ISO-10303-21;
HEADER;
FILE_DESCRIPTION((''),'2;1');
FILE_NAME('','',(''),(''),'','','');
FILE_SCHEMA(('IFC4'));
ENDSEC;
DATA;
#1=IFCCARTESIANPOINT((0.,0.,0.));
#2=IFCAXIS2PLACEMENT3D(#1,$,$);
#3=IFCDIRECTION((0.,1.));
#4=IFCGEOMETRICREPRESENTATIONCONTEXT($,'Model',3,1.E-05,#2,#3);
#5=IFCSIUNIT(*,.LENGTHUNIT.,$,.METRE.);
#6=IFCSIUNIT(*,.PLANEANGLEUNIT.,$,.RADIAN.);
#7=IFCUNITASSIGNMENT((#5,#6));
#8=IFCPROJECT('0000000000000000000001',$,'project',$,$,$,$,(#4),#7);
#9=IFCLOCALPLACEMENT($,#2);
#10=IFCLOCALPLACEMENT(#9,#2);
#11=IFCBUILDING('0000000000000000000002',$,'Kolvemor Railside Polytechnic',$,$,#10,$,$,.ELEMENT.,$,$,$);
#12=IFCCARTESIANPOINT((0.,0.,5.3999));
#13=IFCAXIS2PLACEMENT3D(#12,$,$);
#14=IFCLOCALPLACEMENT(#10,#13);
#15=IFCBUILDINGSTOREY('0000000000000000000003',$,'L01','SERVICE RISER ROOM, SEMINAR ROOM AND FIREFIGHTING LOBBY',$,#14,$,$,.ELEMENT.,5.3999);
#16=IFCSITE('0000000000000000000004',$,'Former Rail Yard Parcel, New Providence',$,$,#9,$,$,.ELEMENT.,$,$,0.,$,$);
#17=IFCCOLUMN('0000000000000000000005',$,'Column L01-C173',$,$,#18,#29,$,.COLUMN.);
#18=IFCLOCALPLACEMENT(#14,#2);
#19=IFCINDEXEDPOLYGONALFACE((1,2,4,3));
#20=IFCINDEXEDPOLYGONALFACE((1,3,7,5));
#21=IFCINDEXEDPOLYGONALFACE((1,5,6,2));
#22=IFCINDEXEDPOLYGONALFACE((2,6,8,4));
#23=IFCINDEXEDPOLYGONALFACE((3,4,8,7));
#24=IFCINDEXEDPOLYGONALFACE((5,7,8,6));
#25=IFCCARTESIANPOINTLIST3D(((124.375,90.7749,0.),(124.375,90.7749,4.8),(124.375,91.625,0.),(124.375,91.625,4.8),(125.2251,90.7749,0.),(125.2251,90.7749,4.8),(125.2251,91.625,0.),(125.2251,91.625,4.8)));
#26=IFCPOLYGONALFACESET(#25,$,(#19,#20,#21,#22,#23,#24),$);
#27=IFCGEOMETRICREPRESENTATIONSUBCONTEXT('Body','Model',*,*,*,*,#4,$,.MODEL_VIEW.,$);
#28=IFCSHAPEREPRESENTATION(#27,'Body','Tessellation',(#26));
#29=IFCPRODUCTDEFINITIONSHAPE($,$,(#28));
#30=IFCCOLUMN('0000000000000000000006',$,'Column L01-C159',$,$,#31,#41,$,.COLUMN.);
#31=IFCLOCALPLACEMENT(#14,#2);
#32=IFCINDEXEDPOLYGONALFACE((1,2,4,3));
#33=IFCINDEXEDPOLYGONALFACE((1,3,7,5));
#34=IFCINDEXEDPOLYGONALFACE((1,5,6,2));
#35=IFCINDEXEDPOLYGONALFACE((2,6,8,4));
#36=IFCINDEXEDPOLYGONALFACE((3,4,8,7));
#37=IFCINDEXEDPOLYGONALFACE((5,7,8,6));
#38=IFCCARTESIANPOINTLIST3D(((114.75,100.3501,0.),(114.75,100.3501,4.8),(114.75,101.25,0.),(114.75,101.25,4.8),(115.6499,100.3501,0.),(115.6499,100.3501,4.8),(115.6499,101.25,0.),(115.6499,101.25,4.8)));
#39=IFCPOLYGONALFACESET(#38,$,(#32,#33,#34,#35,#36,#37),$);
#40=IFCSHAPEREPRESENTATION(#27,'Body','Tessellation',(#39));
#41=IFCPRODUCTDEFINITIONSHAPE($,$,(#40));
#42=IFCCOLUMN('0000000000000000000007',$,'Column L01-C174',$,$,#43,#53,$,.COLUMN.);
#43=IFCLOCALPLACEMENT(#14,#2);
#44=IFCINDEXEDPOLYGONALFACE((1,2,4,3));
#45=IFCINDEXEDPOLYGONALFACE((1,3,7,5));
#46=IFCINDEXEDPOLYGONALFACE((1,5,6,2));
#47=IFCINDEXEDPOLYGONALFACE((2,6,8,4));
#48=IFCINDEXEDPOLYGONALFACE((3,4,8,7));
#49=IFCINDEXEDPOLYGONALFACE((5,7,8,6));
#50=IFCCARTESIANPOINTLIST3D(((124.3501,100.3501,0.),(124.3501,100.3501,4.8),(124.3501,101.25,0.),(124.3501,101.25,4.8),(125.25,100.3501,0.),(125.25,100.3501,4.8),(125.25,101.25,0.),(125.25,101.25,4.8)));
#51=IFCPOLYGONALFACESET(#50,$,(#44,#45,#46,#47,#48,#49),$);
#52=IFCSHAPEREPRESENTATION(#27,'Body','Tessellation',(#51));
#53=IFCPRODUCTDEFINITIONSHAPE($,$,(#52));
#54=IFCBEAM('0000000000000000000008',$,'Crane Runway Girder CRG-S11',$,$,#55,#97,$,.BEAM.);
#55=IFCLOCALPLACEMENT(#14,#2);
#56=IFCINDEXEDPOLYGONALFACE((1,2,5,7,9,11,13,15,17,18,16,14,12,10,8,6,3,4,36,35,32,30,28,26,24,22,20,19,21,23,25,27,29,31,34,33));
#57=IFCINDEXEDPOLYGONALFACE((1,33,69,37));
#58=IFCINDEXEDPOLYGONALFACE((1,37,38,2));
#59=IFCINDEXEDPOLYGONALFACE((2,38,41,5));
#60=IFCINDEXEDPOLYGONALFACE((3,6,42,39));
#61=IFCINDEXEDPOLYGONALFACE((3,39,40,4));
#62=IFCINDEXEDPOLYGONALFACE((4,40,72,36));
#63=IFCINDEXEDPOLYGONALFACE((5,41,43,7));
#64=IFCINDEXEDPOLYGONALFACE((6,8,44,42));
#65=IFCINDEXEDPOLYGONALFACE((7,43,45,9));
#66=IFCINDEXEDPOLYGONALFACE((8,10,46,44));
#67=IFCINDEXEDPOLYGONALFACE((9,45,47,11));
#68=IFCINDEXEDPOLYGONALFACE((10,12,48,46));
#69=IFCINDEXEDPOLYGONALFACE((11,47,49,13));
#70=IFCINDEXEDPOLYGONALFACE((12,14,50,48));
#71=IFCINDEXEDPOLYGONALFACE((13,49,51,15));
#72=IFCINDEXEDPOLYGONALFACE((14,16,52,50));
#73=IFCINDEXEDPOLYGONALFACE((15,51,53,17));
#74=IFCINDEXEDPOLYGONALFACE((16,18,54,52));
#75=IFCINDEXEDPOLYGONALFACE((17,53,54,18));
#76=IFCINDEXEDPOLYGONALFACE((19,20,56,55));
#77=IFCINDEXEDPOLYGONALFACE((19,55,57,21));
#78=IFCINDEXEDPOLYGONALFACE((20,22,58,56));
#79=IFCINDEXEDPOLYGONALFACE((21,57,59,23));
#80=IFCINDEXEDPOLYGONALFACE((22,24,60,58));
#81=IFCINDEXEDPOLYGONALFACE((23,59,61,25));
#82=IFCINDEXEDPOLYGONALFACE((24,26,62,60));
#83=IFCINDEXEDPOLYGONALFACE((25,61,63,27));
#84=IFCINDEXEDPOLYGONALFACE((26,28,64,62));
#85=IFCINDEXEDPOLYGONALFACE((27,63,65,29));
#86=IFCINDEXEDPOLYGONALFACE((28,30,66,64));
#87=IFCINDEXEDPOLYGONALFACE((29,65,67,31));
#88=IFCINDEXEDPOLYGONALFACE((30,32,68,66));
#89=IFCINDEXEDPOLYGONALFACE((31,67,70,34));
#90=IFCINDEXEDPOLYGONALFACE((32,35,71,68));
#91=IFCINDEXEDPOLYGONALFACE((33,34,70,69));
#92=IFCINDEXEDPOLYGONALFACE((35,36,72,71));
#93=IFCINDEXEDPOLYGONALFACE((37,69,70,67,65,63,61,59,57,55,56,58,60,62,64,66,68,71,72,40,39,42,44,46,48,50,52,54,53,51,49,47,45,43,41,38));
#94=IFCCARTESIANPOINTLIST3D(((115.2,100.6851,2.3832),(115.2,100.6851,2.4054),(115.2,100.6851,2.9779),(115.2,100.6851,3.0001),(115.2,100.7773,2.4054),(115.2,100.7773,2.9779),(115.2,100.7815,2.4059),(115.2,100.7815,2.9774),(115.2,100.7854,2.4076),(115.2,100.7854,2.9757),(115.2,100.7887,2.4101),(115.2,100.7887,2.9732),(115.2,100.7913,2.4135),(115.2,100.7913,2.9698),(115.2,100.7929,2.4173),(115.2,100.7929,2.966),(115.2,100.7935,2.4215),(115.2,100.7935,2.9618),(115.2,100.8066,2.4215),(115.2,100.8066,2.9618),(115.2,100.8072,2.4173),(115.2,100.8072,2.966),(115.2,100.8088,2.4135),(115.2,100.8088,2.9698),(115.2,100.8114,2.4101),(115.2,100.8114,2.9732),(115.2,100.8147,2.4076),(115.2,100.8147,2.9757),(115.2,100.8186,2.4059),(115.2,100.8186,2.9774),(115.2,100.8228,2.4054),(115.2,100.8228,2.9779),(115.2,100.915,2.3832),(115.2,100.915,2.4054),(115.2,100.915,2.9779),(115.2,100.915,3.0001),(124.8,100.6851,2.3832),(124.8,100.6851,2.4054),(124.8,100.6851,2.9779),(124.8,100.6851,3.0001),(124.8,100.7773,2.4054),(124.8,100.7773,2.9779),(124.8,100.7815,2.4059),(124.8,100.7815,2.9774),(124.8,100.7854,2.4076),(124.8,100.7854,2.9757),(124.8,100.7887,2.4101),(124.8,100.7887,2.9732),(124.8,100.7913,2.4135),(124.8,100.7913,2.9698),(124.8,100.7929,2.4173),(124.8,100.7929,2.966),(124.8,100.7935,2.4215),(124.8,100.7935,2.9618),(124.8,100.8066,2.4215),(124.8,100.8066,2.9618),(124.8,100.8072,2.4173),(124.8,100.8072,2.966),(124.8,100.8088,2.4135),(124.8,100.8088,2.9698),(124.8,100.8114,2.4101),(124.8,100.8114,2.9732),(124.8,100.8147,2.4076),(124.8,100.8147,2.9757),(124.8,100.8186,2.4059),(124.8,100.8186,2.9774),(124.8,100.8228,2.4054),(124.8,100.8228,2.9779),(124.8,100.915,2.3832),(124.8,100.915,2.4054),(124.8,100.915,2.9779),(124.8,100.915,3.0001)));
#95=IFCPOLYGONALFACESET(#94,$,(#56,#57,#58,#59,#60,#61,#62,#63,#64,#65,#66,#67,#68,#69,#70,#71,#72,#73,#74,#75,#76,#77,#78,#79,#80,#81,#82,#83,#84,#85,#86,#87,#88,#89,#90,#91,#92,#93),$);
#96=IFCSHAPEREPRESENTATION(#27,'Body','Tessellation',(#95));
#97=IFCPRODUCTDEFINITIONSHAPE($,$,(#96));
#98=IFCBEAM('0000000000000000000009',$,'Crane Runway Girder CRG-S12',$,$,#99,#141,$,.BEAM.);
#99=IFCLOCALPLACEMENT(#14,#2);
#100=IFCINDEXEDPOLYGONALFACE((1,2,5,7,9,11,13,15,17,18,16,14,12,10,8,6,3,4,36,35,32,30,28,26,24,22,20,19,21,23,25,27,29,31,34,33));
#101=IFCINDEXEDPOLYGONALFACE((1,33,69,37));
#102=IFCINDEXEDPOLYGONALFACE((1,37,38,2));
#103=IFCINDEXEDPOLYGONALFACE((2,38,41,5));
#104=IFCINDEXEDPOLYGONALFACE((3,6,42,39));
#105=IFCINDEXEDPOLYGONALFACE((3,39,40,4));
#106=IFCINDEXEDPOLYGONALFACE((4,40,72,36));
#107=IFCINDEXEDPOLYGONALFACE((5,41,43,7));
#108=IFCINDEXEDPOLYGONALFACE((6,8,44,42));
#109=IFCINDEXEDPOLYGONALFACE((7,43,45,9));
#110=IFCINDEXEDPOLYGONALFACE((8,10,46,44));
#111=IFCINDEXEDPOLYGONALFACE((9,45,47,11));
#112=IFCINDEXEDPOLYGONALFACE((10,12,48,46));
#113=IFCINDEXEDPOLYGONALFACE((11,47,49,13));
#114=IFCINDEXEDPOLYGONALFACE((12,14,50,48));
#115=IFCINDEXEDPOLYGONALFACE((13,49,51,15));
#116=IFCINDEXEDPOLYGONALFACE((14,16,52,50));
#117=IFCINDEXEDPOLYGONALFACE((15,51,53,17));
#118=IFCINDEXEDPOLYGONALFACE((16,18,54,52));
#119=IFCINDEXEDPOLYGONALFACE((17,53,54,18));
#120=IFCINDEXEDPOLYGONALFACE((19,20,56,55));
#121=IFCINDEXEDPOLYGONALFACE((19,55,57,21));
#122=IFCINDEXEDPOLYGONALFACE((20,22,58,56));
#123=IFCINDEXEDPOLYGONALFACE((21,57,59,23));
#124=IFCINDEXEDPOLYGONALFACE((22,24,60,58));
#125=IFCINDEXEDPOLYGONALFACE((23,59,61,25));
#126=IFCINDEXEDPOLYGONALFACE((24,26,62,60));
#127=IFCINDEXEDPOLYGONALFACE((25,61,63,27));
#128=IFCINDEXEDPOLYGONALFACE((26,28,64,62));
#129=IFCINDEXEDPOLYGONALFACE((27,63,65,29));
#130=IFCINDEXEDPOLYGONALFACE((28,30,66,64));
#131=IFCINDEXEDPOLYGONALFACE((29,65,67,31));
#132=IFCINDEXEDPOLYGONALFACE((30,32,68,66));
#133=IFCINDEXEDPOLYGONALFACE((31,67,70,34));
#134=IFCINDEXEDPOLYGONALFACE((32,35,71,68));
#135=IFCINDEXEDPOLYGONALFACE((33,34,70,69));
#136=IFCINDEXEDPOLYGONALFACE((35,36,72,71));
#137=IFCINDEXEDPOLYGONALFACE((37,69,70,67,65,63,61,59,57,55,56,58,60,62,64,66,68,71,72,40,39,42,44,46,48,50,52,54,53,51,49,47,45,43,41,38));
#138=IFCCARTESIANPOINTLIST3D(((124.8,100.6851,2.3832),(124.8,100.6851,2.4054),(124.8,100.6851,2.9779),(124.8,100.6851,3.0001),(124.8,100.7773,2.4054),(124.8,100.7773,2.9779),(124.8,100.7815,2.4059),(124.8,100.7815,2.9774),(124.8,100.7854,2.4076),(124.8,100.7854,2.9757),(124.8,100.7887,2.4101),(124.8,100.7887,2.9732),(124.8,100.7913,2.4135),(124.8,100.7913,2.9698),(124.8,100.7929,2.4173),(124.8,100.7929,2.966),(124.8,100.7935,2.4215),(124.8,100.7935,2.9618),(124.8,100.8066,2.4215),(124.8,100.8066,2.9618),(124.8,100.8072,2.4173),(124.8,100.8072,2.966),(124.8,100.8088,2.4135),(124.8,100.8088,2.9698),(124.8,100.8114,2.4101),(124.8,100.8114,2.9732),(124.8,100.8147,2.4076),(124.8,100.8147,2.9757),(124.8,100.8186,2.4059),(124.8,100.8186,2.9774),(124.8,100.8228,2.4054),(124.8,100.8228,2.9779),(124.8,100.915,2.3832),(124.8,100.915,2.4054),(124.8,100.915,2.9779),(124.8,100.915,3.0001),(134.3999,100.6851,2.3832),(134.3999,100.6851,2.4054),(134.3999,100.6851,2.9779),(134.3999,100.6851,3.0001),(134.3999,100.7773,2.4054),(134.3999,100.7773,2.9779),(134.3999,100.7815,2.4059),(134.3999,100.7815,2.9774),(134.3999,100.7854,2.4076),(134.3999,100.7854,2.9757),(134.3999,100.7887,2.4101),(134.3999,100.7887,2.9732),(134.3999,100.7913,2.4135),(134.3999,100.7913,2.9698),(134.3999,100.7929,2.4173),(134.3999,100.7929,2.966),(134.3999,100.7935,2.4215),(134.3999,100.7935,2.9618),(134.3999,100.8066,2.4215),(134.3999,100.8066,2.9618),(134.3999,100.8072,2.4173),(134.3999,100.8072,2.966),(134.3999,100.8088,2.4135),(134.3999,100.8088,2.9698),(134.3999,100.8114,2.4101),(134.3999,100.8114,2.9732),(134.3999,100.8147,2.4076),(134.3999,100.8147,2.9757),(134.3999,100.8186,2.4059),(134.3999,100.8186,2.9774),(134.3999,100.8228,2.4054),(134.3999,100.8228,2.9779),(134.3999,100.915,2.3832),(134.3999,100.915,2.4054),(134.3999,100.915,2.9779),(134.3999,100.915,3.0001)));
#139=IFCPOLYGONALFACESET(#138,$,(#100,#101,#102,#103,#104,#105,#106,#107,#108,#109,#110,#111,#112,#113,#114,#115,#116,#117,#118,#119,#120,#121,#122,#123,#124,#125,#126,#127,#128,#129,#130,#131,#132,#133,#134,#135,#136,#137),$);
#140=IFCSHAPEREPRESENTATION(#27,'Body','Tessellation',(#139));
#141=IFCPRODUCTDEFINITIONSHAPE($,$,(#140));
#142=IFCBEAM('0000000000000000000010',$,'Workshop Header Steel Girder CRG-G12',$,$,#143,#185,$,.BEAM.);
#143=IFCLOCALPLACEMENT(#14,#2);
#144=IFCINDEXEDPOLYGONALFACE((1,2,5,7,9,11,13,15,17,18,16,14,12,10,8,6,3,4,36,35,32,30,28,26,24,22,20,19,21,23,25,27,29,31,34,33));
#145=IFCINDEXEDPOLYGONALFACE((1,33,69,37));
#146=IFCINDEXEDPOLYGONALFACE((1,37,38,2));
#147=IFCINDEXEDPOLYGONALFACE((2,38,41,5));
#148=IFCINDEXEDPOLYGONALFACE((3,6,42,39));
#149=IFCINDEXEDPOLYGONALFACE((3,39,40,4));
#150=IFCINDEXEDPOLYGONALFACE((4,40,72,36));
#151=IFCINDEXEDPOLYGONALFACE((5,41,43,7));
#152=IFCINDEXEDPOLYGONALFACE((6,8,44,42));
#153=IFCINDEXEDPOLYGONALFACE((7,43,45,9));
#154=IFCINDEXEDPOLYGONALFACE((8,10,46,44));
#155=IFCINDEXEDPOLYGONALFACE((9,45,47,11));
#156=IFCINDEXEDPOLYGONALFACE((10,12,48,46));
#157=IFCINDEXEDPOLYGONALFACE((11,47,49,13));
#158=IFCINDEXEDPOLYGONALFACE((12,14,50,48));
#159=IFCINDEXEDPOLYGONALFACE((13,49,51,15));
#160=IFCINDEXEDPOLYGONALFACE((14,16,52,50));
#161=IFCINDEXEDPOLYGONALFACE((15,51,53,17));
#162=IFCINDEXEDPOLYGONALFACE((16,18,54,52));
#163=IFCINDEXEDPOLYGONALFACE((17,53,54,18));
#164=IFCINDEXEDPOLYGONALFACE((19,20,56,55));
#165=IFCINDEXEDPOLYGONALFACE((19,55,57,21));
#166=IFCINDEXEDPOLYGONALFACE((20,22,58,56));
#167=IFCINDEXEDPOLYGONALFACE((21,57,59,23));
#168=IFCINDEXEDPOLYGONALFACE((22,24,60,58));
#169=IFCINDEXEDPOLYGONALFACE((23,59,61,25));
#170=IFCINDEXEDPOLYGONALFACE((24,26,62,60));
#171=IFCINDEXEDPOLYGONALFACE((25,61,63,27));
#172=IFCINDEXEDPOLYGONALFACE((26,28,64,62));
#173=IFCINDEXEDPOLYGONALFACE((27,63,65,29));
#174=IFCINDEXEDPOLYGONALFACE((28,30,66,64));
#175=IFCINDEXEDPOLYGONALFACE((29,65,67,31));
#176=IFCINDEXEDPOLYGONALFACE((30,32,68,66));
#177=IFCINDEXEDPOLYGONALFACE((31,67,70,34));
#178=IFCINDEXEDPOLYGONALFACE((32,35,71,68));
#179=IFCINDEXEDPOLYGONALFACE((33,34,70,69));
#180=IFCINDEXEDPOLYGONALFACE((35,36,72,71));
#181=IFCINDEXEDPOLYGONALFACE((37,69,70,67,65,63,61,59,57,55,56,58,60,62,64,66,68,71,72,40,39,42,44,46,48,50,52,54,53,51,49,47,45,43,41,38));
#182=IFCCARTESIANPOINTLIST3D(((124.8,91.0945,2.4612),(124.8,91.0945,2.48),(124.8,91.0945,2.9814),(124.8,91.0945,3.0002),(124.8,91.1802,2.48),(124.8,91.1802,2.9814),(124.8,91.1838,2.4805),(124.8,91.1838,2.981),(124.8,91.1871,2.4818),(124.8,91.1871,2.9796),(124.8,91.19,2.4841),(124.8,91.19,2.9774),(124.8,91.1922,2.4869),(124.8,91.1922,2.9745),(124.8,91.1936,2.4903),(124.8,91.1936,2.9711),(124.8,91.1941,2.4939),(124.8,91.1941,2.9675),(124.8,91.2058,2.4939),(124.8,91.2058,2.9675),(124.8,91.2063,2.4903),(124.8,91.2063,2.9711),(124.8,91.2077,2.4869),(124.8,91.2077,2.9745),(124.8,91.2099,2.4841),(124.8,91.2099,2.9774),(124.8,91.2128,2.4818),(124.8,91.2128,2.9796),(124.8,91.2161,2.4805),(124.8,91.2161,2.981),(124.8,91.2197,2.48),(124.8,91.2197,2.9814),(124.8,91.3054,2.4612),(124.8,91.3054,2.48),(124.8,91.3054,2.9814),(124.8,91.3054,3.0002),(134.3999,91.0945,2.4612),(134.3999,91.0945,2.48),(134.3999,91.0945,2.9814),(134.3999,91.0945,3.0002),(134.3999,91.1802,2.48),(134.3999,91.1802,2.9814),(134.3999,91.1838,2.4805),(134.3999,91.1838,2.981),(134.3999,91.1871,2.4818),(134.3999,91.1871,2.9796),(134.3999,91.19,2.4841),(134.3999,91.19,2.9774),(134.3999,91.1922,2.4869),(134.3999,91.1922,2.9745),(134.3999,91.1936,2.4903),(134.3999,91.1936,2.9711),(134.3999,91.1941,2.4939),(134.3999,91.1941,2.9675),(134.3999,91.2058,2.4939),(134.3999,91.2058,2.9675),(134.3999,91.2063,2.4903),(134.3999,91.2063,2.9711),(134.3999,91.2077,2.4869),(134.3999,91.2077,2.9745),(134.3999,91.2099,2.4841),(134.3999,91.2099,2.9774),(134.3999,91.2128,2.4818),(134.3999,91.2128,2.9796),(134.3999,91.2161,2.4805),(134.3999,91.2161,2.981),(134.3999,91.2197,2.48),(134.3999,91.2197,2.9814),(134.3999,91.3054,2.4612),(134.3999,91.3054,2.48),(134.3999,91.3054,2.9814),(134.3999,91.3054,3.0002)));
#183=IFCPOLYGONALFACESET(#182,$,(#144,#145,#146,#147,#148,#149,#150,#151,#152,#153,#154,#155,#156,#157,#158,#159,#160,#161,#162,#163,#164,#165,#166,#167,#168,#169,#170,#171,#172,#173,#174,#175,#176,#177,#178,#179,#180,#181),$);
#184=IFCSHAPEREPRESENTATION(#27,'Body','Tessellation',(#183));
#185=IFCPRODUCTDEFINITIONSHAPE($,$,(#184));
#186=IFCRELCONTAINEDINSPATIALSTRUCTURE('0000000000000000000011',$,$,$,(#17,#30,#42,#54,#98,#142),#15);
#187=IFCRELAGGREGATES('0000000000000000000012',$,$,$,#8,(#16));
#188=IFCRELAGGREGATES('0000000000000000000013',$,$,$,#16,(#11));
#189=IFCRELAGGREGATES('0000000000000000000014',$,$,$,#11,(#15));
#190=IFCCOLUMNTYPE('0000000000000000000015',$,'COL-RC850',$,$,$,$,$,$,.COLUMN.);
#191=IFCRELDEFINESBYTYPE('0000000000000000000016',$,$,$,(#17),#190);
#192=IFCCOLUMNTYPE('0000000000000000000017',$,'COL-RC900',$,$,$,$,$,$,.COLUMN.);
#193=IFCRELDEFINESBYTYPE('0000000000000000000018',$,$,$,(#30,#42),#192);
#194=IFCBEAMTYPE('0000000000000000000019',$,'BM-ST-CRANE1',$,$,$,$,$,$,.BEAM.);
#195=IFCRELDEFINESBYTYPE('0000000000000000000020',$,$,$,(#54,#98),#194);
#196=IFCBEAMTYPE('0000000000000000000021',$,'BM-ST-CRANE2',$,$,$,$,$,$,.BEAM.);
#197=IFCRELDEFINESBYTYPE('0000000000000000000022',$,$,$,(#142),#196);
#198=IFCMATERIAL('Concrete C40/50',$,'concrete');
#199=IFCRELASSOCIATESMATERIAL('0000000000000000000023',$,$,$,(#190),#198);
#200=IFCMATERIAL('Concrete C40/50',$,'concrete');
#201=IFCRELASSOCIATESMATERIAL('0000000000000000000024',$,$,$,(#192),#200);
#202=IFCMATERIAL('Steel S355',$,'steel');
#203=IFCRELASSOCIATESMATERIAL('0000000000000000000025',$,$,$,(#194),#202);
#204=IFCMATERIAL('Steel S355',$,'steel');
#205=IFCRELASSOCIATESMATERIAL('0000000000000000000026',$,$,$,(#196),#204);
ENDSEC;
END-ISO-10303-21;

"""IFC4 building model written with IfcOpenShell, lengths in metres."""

from ifc_helpers import new_model, si_unit, direction, frame, origin, origin_2d, place, context, subcontext, project, spatial, rectangle, i_section, extrude, material, material_profile, profile_set, type_object, element, save


model = new_model("IFC4")

# Units and contexts
model_context = context("Model", 3, precision=1e-05, world=origin(), true_north=direction((0.0, 1.0)))
body_context = subcontext(model_context, "Body", "Model", "MODEL_VIEW")
ifc_project = project(units=[si_unit("LENGTHUNIT", "METRE"), si_unit("PLANEANGLEUNIT", "RADIAN")], contexts=[model_context])

# Site, building, storey
site_placement = place(None, origin())
site = spatial("IfcSite", under=ifc_project, at=site_placement, Name="Former Rail Yard Parcel, New Providence", CompositionType="ELEMENT", RefElevation=0.0)
building_placement = place(site_placement, origin())
building = spatial("IfcBuilding", under=site, at=building_placement, Name="Kolvemor Railside Polytechnic", CompositionType="ELEMENT")
storey_placement = place(building_placement, frame((0.0, 0.0, 5.3999)))
storey = spatial("IfcBuildingStorey", under=building, at=storey_placement, Name="L01", Description="SERVICE RISER ROOM, SEMINAR ROOM AND FIREFIGHTING LOBBY", CompositionType="ELEMENT", Elevation=5.3999)

# Columns
ifc_material_1 = material(Name="Concrete C40/50", Category="concrete")
ifc_material_profile_1 = material_profile(ifc_material_1, rectangle(XDim=0.8501, YDim=0.8501, at=origin_2d()), Name="RC850x850")
ifc_profile_set_1 = profile_set([ifc_material_profile_1], Name="Concrete C40/50")
column_type_1 = type_object("IfcColumnType", Name="COL-RC850", PredefinedType="COLUMN", material=ifc_profile_set_1)
column_placement = place(storey_placement, frame((124.8, 91.2, 0.0), z_axis=(0.0, 0.0, 1.0), x_axis=(1.0, 0.0, 0.0)))
element("IfcColumn", 1, at=column_placement, inside=storey, type_object=column_type_1, Name="Column L01-C173", PredefinedType="COLUMN", context=body_context, shape_type="SweptSolid", body=[
    extrude(rectangle(XDim=0.8501, YDim=0.8501, at=origin_2d()), origin(), (0.0, 0.0, 1.0), 4.8),
])
ifc_material_2 = material(Name="Concrete C40/50", Category="concrete")
ifc_material_profile_2 = material_profile(ifc_material_2, rectangle(XDim=0.8999, YDim=0.8999, at=origin_2d()), Name="RC900x900")
ifc_profile_set_2 = profile_set([ifc_material_profile_2], Name="Concrete C40/50")
column_type_2 = type_object("IfcColumnType", Name="COL-RC900", PredefinedType="COLUMN", material=ifc_profile_set_2)
for number, where, z_axis, x_axis, name in (
    (2, (115.2, 100.8, 0.0), (0.0, 0.0, 1.0), (1.0, 0.0, 0.0), "Column L01-C159"),
    (3, (124.8, 100.8, 0.0), (0.0, 0.0, 1.0), (1.0, 0.0, 0.0), "Column L01-C174"),
):
    element("IfcColumn", number, at=place(storey_placement, frame(where, z_axis=z_axis, x_axis=x_axis)), inside=storey, type_object=column_type_2, Name=name, PredefinedType="COLUMN", context=body_context, shape_type="SweptSolid", body=[
        extrude(rectangle(XDim=0.8999, YDim=0.8999, at=origin_2d()), origin(), (0.0, 0.0, 1.0), 4.8),
    ])

# Beams
ifc_material_3 = material(Name="Steel S355", Category="steel")
ifc_material_profile_3 = material_profile(ifc_material_3, i_section(OverallWidth=0.23, OverallDepth=0.6169, WebThickness=0.0132, FlangeThickness=0.0222, FilletRadius=0.0161, at=origin_2d()), Name="W610x140")
ifc_profile_set_3 = profile_set([ifc_material_profile_3], Name="Steel S355")
beam_type_1 = type_object("IfcBeamType", Name="BM-ST-CRANE1", PredefinedType="BEAM", material=ifc_profile_set_3)
beam_1_placement = place(storey_placement, frame((115.2, 100.8, 2.6917), z_axis=(1.0, 0.0, 0.0), x_axis=(0.0, 1.0, 0.0)))
element("IfcBeam", 4, at=beam_1_placement, inside=storey, type_object=beam_type_1, Name="Crane Runway Girder CRG-S11", PredefinedType="BEAM", context=body_context, shape_type="SweptSolid", body=[
    extrude(i_section(OverallWidth=0.23, OverallDepth=0.6169, WebThickness=0.0132, FlangeThickness=0.0222, FilletRadius=0.0161, at=origin_2d()), origin(), (0.0, 0.0, 1.0), 9.6001),
])
beam_2_placement = place(storey_placement, frame((124.8, 100.8, 2.6917), z_axis=(1.0, 0.0, 0.0), x_axis=(0.0, 1.0, 0.0)))
element("IfcBeam", 5, at=beam_2_placement, inside=storey, type_object=beam_type_1, Name="Crane Runway Girder CRG-S12", PredefinedType="BEAM", context=body_context, shape_type="SweptSolid", body=[
    extrude(i_section(OverallWidth=0.23, OverallDepth=0.6169, WebThickness=0.0132, FlangeThickness=0.0222, FilletRadius=0.0161, at=origin_2d()), origin(), (0.0, 0.0, 1.0), 9.5999),
])
ifc_material_4 = material(Name="Steel S355", Category="steel")
ifc_material_profile_4 = material_profile(ifc_material_4, i_section(OverallWidth=0.2109, OverallDepth=0.5391, WebThickness=0.0117, FlangeThickness=0.0188, FilletRadius=0.0139, at=origin_2d()), Name="W530x109")
ifc_profile_set_4 = profile_set([ifc_material_profile_4], Name="Steel S355")
beam_type_2 = type_object("IfcBeamType", Name="BM-ST-CRANE2", PredefinedType="BEAM", material=ifc_profile_set_4)
beam_3_placement = place(storey_placement, frame((124.8, 91.2, 2.7307), z_axis=(1.0, 0.0, 0.0), x_axis=(0.0, 1.0, 0.0)))
element("IfcBeam", 6, at=beam_3_placement, inside=storey, type_object=beam_type_2, Name="Workshop Header Steel Girder CRG-G12", PredefinedType="BEAM", context=body_context, shape_type="SweptSolid", body=[
    extrude(i_section(OverallWidth=0.2109, OverallDepth=0.5391, WebThickness=0.0117, FlangeThickness=0.0188, FilletRadius=0.0139, at=origin_2d()), origin(), (0.0, 0.0, 1.0), 9.5999),
])

save(model, "model.ifc")
